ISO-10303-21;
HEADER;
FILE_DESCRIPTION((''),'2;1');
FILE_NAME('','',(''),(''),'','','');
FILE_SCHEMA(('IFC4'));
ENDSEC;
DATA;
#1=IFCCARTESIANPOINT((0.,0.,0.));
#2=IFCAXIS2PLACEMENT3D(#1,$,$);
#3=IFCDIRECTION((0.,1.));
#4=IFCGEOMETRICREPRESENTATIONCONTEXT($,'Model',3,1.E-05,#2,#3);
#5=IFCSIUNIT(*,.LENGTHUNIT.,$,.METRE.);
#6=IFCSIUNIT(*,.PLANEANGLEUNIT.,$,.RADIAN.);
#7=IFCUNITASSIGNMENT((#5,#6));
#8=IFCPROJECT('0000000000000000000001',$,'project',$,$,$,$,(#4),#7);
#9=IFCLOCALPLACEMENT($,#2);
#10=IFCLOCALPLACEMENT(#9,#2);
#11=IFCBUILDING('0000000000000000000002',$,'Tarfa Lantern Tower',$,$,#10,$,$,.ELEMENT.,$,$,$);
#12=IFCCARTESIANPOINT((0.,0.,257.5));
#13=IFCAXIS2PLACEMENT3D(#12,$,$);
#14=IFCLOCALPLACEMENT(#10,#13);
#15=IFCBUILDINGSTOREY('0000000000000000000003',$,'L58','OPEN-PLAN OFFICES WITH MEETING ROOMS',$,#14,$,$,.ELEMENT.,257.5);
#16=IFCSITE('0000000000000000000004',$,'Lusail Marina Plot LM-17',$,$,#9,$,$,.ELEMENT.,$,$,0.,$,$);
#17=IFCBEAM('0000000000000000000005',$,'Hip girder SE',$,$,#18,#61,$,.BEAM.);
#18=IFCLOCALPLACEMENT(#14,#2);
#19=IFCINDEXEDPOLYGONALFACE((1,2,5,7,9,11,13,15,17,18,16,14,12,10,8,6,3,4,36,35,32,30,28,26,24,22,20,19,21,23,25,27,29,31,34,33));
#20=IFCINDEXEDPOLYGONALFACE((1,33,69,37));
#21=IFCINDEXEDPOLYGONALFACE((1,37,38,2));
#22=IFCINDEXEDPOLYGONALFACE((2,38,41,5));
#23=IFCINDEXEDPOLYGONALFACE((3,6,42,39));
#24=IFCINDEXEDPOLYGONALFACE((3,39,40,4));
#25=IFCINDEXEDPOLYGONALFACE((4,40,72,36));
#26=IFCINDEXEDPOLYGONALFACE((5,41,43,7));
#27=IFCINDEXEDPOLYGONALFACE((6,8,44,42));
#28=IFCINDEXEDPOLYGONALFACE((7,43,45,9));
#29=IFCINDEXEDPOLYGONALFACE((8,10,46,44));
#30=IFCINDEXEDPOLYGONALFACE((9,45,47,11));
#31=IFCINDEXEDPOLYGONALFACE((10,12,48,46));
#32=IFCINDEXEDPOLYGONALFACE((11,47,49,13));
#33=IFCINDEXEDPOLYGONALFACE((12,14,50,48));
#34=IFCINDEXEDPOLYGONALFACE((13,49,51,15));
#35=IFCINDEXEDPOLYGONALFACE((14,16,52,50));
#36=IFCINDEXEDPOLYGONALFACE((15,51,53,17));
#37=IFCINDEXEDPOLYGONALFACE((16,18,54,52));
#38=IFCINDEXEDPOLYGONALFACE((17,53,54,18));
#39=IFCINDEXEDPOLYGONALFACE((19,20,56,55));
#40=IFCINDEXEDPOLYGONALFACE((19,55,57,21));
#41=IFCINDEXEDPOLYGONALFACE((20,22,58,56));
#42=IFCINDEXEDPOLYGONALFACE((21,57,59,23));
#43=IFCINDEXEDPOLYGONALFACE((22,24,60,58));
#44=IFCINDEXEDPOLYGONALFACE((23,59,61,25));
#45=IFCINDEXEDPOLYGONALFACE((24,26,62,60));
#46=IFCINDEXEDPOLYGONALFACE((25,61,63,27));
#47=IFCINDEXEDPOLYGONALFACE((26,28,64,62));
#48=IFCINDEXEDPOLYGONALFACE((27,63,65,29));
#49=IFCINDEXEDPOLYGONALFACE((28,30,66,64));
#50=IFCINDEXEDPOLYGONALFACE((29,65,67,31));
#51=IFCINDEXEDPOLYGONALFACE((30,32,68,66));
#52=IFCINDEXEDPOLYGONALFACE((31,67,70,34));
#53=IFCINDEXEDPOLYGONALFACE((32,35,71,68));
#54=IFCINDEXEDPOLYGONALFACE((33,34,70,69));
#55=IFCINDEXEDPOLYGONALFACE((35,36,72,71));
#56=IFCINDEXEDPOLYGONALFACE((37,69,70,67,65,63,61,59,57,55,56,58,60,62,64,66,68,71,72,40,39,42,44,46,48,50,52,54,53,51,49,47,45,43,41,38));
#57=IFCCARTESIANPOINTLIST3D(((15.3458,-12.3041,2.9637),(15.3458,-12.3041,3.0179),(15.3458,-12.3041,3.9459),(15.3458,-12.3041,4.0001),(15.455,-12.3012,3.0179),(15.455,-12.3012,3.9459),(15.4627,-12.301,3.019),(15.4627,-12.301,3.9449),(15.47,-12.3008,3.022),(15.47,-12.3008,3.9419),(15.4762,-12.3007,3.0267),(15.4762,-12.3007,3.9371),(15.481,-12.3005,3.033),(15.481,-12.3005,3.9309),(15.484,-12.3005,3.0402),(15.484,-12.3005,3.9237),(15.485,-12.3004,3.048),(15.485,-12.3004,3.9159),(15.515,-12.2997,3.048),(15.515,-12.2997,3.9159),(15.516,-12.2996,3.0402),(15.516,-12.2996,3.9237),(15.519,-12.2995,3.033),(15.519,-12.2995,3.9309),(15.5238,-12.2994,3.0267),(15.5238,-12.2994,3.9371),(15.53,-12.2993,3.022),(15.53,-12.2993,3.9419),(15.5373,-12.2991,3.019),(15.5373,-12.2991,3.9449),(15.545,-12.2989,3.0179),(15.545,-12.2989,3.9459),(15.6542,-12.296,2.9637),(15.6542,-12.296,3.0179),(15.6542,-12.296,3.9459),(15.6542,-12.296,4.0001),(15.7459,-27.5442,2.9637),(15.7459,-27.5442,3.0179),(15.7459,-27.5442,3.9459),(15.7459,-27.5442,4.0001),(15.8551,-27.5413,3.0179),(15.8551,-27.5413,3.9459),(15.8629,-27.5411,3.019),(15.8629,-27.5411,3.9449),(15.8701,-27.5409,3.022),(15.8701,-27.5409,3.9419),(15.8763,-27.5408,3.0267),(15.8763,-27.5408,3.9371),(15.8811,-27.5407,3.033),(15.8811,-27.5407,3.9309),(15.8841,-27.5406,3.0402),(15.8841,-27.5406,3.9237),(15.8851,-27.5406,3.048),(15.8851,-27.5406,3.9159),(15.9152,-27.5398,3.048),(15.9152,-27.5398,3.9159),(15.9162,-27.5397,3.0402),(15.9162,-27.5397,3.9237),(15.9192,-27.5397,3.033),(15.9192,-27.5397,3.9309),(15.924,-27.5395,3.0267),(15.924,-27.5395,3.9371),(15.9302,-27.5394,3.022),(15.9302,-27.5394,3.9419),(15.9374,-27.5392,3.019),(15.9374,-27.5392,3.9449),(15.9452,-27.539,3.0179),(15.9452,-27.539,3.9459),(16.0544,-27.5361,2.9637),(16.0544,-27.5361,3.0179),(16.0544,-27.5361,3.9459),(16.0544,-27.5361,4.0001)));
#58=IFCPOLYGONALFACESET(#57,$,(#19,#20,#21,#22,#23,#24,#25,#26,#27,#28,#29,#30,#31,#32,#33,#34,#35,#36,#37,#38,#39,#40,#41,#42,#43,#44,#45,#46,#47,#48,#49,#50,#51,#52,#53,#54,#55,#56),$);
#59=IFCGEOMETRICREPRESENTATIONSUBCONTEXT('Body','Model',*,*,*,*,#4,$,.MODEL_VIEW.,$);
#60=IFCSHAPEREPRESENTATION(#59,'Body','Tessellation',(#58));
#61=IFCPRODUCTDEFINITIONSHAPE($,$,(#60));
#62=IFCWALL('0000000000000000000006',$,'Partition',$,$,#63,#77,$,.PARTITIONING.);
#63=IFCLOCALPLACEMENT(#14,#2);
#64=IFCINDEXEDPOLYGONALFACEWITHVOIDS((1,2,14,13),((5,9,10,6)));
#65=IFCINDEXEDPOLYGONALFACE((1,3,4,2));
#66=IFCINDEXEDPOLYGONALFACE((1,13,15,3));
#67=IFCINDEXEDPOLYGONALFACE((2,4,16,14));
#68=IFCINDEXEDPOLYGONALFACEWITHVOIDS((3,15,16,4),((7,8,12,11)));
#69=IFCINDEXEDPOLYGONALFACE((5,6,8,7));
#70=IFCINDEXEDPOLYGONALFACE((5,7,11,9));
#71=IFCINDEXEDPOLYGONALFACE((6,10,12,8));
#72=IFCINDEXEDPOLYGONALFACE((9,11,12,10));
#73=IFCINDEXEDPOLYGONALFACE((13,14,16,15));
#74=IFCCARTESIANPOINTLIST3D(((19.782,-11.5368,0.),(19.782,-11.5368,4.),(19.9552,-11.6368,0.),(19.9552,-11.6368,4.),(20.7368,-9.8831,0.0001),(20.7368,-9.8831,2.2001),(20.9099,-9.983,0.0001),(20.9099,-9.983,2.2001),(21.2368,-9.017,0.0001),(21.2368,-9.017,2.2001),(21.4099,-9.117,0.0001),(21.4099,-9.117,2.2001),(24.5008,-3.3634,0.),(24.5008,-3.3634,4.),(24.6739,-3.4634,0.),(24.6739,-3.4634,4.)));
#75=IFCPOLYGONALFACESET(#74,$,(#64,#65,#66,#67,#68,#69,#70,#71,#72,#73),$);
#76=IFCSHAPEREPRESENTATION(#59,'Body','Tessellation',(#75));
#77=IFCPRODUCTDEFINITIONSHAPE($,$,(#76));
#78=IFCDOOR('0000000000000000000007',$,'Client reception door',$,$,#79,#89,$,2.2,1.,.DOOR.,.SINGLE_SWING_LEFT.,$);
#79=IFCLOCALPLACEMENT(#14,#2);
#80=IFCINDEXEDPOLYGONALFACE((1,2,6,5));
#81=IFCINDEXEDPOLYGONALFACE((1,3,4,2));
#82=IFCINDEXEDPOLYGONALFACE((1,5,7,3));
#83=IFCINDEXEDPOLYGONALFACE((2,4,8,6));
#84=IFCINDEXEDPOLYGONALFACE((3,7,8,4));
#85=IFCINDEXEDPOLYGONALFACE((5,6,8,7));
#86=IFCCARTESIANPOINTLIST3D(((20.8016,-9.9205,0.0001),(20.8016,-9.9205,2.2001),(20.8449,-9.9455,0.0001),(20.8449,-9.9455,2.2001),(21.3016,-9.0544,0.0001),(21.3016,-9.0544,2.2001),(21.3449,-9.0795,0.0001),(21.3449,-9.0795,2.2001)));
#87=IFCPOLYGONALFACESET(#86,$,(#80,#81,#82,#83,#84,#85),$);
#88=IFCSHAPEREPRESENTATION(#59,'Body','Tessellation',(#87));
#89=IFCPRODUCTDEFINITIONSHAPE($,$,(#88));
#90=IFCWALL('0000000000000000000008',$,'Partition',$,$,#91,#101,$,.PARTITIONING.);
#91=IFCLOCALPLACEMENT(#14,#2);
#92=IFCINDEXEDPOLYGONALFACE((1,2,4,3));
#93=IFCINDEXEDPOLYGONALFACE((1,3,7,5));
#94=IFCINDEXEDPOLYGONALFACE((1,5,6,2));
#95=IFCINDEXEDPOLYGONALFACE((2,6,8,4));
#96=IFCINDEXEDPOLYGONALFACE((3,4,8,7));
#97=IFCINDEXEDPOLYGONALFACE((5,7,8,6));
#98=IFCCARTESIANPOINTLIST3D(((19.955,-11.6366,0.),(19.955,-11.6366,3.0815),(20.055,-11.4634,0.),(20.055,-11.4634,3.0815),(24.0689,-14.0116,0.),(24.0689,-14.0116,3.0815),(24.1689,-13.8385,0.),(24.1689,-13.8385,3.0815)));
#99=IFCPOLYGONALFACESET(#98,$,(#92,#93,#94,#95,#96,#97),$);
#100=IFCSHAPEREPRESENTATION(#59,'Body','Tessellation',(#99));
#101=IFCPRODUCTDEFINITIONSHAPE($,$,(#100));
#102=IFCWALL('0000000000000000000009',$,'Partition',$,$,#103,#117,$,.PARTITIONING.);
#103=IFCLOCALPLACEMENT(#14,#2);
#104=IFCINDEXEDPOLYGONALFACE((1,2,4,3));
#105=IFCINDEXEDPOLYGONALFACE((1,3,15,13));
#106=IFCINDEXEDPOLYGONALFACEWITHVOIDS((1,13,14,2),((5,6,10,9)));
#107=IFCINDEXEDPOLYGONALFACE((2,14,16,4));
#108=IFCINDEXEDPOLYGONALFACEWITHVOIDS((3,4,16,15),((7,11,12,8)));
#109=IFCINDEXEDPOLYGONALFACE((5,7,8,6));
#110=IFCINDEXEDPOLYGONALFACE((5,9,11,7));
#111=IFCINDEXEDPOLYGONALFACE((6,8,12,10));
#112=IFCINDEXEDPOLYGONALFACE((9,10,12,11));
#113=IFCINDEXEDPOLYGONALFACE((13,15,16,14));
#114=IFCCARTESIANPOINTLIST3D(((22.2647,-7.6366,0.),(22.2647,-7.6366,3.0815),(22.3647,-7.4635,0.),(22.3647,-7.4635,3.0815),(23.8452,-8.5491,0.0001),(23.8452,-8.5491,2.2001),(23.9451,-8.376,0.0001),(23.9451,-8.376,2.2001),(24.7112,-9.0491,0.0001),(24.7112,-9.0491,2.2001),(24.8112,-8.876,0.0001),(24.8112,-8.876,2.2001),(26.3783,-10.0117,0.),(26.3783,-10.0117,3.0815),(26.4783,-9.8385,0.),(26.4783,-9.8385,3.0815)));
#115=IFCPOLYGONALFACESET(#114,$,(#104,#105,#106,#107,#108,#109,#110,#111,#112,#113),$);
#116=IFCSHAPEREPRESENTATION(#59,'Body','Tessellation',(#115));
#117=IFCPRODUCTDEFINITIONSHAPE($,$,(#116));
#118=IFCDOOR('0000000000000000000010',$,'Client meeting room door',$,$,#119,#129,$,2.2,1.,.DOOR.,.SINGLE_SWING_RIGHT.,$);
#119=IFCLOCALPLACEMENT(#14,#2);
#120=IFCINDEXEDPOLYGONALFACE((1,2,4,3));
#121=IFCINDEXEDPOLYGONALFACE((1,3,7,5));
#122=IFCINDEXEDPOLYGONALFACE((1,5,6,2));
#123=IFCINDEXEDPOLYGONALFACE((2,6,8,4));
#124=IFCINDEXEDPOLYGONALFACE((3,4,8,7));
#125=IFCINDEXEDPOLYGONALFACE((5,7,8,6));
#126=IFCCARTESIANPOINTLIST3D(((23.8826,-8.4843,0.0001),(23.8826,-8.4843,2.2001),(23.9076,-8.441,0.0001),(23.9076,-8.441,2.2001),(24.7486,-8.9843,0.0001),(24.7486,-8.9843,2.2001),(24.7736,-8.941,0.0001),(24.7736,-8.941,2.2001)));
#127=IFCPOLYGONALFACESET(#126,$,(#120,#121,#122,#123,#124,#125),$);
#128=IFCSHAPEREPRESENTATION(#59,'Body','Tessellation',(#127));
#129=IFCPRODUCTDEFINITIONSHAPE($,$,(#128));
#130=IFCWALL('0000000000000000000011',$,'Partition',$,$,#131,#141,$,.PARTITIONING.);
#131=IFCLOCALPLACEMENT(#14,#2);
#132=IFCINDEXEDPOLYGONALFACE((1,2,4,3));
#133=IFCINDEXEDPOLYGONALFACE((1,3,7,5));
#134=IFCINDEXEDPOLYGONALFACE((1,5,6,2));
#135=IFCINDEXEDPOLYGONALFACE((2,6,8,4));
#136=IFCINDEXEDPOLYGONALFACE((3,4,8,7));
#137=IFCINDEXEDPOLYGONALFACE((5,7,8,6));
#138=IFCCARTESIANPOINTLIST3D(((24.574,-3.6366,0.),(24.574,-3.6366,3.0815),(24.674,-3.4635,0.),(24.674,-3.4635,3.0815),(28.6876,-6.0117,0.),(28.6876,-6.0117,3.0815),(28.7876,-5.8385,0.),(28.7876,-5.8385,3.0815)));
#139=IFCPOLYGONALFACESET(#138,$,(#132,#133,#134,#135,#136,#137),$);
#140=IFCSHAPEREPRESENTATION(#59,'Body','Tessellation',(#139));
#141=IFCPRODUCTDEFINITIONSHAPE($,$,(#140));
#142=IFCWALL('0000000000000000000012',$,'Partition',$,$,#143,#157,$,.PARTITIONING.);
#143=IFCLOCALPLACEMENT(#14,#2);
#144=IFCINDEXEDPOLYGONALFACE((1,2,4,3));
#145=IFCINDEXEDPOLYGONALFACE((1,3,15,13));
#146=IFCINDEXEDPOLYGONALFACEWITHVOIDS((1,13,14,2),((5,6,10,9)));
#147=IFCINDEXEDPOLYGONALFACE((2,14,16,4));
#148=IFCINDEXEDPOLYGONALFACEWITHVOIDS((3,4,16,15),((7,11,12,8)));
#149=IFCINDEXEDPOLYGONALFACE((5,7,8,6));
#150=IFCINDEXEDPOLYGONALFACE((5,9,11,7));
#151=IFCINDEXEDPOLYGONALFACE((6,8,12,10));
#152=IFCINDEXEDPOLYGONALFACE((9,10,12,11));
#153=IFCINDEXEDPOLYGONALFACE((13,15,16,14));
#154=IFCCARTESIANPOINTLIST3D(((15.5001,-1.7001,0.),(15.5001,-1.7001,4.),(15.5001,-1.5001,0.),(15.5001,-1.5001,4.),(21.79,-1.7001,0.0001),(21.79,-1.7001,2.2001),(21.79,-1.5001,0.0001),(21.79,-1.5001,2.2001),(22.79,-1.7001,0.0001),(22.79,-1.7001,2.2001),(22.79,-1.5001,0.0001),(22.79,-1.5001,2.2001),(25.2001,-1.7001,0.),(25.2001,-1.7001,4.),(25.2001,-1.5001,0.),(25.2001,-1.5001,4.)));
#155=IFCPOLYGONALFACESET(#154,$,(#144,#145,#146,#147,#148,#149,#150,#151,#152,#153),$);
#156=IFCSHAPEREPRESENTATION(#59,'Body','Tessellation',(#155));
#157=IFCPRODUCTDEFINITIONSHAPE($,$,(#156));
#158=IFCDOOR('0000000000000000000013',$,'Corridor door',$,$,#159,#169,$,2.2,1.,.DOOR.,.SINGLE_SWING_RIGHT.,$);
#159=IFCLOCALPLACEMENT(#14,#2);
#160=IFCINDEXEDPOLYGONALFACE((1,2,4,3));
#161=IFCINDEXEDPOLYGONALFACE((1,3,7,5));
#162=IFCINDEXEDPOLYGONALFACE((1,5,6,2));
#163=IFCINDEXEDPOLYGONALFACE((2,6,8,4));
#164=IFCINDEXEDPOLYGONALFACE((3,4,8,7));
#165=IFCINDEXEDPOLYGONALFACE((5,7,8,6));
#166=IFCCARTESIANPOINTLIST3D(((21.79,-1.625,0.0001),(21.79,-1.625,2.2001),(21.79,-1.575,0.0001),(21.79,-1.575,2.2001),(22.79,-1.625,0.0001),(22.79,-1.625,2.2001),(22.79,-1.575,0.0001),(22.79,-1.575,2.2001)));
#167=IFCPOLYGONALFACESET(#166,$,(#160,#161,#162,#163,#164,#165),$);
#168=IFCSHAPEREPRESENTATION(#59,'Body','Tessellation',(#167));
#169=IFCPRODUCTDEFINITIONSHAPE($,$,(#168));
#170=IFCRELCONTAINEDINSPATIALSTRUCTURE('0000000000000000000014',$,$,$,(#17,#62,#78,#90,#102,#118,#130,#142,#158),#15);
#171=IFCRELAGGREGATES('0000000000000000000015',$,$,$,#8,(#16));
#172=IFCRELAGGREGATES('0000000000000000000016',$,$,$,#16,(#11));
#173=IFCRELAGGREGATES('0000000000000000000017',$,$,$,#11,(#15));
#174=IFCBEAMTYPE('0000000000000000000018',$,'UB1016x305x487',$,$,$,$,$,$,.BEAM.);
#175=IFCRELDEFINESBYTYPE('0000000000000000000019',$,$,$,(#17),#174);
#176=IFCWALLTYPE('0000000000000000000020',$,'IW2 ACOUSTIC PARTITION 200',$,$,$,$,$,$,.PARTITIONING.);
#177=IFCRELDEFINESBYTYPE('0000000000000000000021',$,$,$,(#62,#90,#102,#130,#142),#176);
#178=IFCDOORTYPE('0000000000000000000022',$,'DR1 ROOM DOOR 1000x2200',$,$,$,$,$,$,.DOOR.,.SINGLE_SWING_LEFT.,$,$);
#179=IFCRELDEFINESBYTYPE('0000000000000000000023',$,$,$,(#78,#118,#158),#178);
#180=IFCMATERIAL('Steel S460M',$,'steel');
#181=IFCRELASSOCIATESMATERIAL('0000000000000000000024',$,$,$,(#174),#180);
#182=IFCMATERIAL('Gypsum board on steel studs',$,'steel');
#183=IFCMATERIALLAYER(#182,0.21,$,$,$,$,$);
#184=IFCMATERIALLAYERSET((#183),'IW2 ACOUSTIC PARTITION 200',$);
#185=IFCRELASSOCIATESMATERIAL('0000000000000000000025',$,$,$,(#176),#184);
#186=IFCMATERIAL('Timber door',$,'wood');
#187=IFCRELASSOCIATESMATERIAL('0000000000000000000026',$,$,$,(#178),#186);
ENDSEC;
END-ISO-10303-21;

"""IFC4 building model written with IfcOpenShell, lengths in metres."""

from ifc_helpers import new_model, si_unit, direction, frame, frame_2d, origin, origin_2d, place, context, subcontext, project, spatial, rectangle, i_section, extrude, material, layer, layer_set, material_profile, profile_set, type_object, element, fill, save


model = new_model("IFC4")

# Units and contexts
model_context = context("Model", 3, precision=1e-05, world=origin(), true_north=direction((0.0, 1.0)))
body_context = subcontext(model_context, "Body", "Model", "MODEL_VIEW")
ifc_project = project(units=[si_unit("LENGTHUNIT", "METRE"), si_unit("PLANEANGLEUNIT", "RADIAN")], contexts=[model_context])

# Site, building, storey
site_placement = place(None, origin())
site = spatial("IfcSite", under=ifc_project, at=site_placement, Name="Lusail Marina Plot LM-17", CompositionType="ELEMENT", RefElevation=0.0)
building_placement = place(site_placement, origin())
building = spatial("IfcBuilding", under=site, at=building_placement, Name="Tarfa Lantern Tower", CompositionType="ELEMENT")
storey_placement = place(building_placement, frame((0.0, 0.0, 257.5)))
storey = spatial("IfcBuildingStorey", under=building, at=storey_placement, Name="L58", Description="OPEN-PLAN OFFICES WITH MEETING ROOMS", CompositionType="ELEMENT", Elevation=257.5)

# Beam
ifc_material_1 = material(Name="Steel S460M", Category="steel")
ifc_material_profile = material_profile(ifc_material_1, i_section(OverallWidth=0.3086, OverallDepth=1.0364, WebThickness=0.03, FlangeThickness=0.0542, FilletRadius=0.03, at=origin_2d()), Name="UB1016x305x487")
ifc_profile_set = profile_set([ifc_material_profile], Name="Steel S460M")
beam_type = type_object("IfcBeamType", Name="UB1016x305x487", PredefinedType="BEAM", material=ifc_profile_set)
beam_placement = place(storey_placement, frame((15.5, -12.3, 3.4819), z_axis=(0.026247, -0.999655, 0.0), x_axis=(0.999655, 0.026247, 0.0)))
element("IfcBeam", 1, at=beam_placement, inside=storey, type_object=beam_type, Name="Hip girder SE", PredefinedType="BEAM", context=body_context, shape_type="SweptSolid", body=[
    extrude(i_section(OverallWidth=0.3086, OverallDepth=1.0364, WebThickness=0.03, FlangeThickness=0.0542, FilletRadius=0.03, at=origin_2d()), origin(), (0.0, 0.0, 1.0), 15.2454),
])

# Wall, opening, door
ifc_material_2 = material(Name="Gypsum board on steel studs", Category="steel")
ifc_layer_1 = layer(ifc_material_2, 0.21)
ifc_layer_set_1 = layer_set([ifc_layer_1], Name="IW2 ACOUSTIC PARTITION 200")
wall_type_1 = type_object("IfcWallType", Name="IW2 ACOUSTIC PARTITION 200", PredefinedType="PARTITIONING", material=ifc_layer_set_1)
wall_1_placement = place(storey_placement, frame((19.8687, -11.5867, 0.0), z_axis=(0.0, 0.0, 1.0), x_axis=(0.49999, 0.866031, 0.0)))
wall_1 = element("IfcWall", 2, at=wall_1_placement, inside=storey, type_object=wall_type_1, Name="Partition", PredefinedType="PARTITIONING", context=body_context, shape_type="SweptSolid", body=[
    extrude(rectangle(XDim=9.4377, YDim=0.2, at=frame_2d((4.7188, 0.0))), origin(), (0.0, 0.0, 1.0), 4.0),
])
opening_1_placement = place(wall_1_placement, frame((1.9094, 0.0, 0.0)))
opening_1 = element("IfcOpeningElement", 3, at=opening_1_placement, cuts=wall_1, PredefinedType="OPENING", context=body_context, shape_type="SweptSolid", body=[
    extrude(rectangle(XDim=1.0, YDim=2.2, at=frame_2d((0.5, 1.1001))), frame((0.0, 0.1099, 0.0), z_axis=(0.0, -1.0, 0.0), x_axis=(1.0, 0.0, 0.0)), (0.0, 0.0, 1.0), 0.22),
])
ifc_material_3 = material(Name="Timber door", Category="wood")
door_type_1 = type_object("IfcDoorType", Name="DR1 ROOM DOOR 1000x2200", OperationType="SINGLE_SWING_LEFT", PredefinedType="DOOR", material=ifc_material_3)
door_1_placement = place(opening_1_placement, frame((1.0, 0.0, 0.0), z_axis=(0.0, 0.0, 1.0), x_axis=(-1.0, 0.0, 0.0)))
door_1 = element("IfcDoor", 4, at=door_1_placement, inside=storey, type_object=door_type_1, Name="Client reception door", OperationType="SINGLE_SWING_LEFT", OverallHeight=2.2, OverallWidth=1.0, PredefinedType="DOOR", context=body_context, shape_type="SweptSolid", body=[
    extrude(rectangle(XDim=1.0, YDim=2.2, at=frame_2d((0.5, 1.1001))), frame((0.0, 0.0249, 0.0), z_axis=(0.0, -1.0, 0.0), x_axis=(1.0, 0.0, 0.0)), (0.0, 0.0, 1.0), 0.05),
])
fill(opening_1, door_1)

# Wall
wall_2_placement = place(storey_placement, frame((20.0051, -11.55, 0.0), z_axis=(0.0, 0.0, 1.0), x_axis=(0.866033, -0.499986, 0.0)))
element("IfcWall", 5, at=wall_2_placement, inside=storey, type_object=wall_type_1, Name="Partition", PredefinedType="PARTITIONING", context=body_context, shape_type="SweptSolid", body=[
    extrude(rectangle(XDim=4.7502, YDim=0.2, at=frame_2d((2.375, 0.0))), origin(), (0.0, 0.0, 1.0), 3.0815),
])

# Wall, opening, door
wall_3_placement = place(storey_placement, frame((22.3147, -7.55, 0.0), z_axis=(0.0, 0.0, 1.0), x_axis=(0.86602, -0.500009, 0.0)))
wall_3 = element("IfcWall", 6, at=wall_3_placement, inside=storey, type_object=wall_type_1, Name="Partition", PredefinedType="PARTITIONING", context=body_context, shape_type="SweptSolid", body=[
    extrude(rectangle(XDim=4.75, YDim=0.2, at=frame_2d((2.375, 0.0))), origin(), (0.0, 0.0, 1.0), 3.0815),
])
opening_2_placement = place(wall_3_placement, frame((1.825, 0.0, 0.0)))
opening_2 = element("IfcOpeningElement", 7, at=opening_2_placement, cuts=wall_3, PredefinedType="OPENING", context=body_context, shape_type="SweptSolid", body=[
    extrude(rectangle(XDim=1.0, YDim=2.2, at=frame_2d((0.5, 1.1001))), frame((0.0, 0.1099, 0.0), z_axis=(0.0, -1.0, 0.0), x_axis=(1.0, 0.0, 0.0)), (0.0, 0.0, 1.0), 0.22),
])
door_2_placement = place(opening_2_placement, origin())
door_2 = element("IfcDoor", 8, at=door_2_placement, inside=storey, type_object=door_type_1, Name="Client meeting room door", OperationType="SINGLE_SWING_RIGHT", OverallHeight=2.2, OverallWidth=1.0, PredefinedType="DOOR", context=body_context, shape_type="SweptSolid", body=[
    extrude(rectangle(XDim=1.0, YDim=2.2, at=frame_2d((0.5, 1.1001))), frame((0.0, 0.0249, 0.0), z_axis=(0.0, -1.0, 0.0), x_axis=(1.0, 0.0, 0.0)), (0.0, 0.0, 1.0), 0.05),
])
fill(opening_2, door_2)

# Wall
wall_4_placement = place(storey_placement, frame((24.624, -3.55, 0.0), z_axis=(0.0, 0.0, 1.0), x_axis=(0.86602, -0.500009, 0.0)))
element("IfcWall", 9, at=wall_4_placement, inside=storey, type_object=wall_type_1, Name="Partition", PredefinedType="PARTITIONING", context=body_context, shape_type="SweptSolid", body=[
    extrude(rectangle(XDim=4.75, YDim=0.2, at=frame_2d((2.375, 0.0))), origin(), (0.0, 0.0, 1.0), 3.0815),
])

# Wall, opening, door
wall_5_placement = place(storey_placement, frame((15.5, -1.6001, 0.0), z_axis=(0.0, 0.0, 1.0), x_axis=(1.0, 0.0, 0.0)))
wall_5 = element("IfcWall", 10, at=wall_5_placement, inside=storey, type_object=wall_type_1, Name="Partition", PredefinedType="PARTITIONING", context=body_context, shape_type="SweptSolid", body=[
    extrude(rectangle(XDim=9.7, YDim=0.2, at=frame_2d((4.8501, 0.0))), origin(), (0.0, 0.0, 1.0), 4.0),
])
opening_3_placement = place(wall_5_placement, frame((6.29, 0.0, 0.0)))
opening_3 = element("IfcOpeningElement", 11, at=opening_3_placement, cuts=wall_5, PredefinedType="OPENING", context=body_context, shape_type="SweptSolid", body=[
    extrude(rectangle(XDim=1.0, YDim=2.2, at=frame_2d((0.5, 1.1001))), frame((0.0, 0.1099, 0.0), z_axis=(0.0, -1.0, 0.0), x_axis=(1.0, 0.0, 0.0)), (0.0, 0.0, 1.0), 0.22),
])
door_3_placement = place(opening_3_placement, frame((1.0, 0.0, 0.0), z_axis=(0.0, 0.0, 1.0), x_axis=(-1.0, 0.0, 0.0)))
door_3 = element("IfcDoor", 12, at=door_3_placement, inside=storey, type_object=door_type_1, Name="Corridor door", OperationType="SINGLE_SWING_RIGHT", OverallHeight=2.2, OverallWidth=1.0, PredefinedType="DOOR", context=body_context, shape_type="SweptSolid", body=[
    extrude(rectangle(XDim=1.0, YDim=2.2, at=frame_2d((0.5, 1.1001))), frame((0.0, 0.0249, 0.0), z_axis=(0.0, -1.0, 0.0), x_axis=(1.0, 0.0, 0.0)), (0.0, 0.0, 1.0), 0.05),
])
fill(opening_3, door_3)

save(model, "model.ifc")
